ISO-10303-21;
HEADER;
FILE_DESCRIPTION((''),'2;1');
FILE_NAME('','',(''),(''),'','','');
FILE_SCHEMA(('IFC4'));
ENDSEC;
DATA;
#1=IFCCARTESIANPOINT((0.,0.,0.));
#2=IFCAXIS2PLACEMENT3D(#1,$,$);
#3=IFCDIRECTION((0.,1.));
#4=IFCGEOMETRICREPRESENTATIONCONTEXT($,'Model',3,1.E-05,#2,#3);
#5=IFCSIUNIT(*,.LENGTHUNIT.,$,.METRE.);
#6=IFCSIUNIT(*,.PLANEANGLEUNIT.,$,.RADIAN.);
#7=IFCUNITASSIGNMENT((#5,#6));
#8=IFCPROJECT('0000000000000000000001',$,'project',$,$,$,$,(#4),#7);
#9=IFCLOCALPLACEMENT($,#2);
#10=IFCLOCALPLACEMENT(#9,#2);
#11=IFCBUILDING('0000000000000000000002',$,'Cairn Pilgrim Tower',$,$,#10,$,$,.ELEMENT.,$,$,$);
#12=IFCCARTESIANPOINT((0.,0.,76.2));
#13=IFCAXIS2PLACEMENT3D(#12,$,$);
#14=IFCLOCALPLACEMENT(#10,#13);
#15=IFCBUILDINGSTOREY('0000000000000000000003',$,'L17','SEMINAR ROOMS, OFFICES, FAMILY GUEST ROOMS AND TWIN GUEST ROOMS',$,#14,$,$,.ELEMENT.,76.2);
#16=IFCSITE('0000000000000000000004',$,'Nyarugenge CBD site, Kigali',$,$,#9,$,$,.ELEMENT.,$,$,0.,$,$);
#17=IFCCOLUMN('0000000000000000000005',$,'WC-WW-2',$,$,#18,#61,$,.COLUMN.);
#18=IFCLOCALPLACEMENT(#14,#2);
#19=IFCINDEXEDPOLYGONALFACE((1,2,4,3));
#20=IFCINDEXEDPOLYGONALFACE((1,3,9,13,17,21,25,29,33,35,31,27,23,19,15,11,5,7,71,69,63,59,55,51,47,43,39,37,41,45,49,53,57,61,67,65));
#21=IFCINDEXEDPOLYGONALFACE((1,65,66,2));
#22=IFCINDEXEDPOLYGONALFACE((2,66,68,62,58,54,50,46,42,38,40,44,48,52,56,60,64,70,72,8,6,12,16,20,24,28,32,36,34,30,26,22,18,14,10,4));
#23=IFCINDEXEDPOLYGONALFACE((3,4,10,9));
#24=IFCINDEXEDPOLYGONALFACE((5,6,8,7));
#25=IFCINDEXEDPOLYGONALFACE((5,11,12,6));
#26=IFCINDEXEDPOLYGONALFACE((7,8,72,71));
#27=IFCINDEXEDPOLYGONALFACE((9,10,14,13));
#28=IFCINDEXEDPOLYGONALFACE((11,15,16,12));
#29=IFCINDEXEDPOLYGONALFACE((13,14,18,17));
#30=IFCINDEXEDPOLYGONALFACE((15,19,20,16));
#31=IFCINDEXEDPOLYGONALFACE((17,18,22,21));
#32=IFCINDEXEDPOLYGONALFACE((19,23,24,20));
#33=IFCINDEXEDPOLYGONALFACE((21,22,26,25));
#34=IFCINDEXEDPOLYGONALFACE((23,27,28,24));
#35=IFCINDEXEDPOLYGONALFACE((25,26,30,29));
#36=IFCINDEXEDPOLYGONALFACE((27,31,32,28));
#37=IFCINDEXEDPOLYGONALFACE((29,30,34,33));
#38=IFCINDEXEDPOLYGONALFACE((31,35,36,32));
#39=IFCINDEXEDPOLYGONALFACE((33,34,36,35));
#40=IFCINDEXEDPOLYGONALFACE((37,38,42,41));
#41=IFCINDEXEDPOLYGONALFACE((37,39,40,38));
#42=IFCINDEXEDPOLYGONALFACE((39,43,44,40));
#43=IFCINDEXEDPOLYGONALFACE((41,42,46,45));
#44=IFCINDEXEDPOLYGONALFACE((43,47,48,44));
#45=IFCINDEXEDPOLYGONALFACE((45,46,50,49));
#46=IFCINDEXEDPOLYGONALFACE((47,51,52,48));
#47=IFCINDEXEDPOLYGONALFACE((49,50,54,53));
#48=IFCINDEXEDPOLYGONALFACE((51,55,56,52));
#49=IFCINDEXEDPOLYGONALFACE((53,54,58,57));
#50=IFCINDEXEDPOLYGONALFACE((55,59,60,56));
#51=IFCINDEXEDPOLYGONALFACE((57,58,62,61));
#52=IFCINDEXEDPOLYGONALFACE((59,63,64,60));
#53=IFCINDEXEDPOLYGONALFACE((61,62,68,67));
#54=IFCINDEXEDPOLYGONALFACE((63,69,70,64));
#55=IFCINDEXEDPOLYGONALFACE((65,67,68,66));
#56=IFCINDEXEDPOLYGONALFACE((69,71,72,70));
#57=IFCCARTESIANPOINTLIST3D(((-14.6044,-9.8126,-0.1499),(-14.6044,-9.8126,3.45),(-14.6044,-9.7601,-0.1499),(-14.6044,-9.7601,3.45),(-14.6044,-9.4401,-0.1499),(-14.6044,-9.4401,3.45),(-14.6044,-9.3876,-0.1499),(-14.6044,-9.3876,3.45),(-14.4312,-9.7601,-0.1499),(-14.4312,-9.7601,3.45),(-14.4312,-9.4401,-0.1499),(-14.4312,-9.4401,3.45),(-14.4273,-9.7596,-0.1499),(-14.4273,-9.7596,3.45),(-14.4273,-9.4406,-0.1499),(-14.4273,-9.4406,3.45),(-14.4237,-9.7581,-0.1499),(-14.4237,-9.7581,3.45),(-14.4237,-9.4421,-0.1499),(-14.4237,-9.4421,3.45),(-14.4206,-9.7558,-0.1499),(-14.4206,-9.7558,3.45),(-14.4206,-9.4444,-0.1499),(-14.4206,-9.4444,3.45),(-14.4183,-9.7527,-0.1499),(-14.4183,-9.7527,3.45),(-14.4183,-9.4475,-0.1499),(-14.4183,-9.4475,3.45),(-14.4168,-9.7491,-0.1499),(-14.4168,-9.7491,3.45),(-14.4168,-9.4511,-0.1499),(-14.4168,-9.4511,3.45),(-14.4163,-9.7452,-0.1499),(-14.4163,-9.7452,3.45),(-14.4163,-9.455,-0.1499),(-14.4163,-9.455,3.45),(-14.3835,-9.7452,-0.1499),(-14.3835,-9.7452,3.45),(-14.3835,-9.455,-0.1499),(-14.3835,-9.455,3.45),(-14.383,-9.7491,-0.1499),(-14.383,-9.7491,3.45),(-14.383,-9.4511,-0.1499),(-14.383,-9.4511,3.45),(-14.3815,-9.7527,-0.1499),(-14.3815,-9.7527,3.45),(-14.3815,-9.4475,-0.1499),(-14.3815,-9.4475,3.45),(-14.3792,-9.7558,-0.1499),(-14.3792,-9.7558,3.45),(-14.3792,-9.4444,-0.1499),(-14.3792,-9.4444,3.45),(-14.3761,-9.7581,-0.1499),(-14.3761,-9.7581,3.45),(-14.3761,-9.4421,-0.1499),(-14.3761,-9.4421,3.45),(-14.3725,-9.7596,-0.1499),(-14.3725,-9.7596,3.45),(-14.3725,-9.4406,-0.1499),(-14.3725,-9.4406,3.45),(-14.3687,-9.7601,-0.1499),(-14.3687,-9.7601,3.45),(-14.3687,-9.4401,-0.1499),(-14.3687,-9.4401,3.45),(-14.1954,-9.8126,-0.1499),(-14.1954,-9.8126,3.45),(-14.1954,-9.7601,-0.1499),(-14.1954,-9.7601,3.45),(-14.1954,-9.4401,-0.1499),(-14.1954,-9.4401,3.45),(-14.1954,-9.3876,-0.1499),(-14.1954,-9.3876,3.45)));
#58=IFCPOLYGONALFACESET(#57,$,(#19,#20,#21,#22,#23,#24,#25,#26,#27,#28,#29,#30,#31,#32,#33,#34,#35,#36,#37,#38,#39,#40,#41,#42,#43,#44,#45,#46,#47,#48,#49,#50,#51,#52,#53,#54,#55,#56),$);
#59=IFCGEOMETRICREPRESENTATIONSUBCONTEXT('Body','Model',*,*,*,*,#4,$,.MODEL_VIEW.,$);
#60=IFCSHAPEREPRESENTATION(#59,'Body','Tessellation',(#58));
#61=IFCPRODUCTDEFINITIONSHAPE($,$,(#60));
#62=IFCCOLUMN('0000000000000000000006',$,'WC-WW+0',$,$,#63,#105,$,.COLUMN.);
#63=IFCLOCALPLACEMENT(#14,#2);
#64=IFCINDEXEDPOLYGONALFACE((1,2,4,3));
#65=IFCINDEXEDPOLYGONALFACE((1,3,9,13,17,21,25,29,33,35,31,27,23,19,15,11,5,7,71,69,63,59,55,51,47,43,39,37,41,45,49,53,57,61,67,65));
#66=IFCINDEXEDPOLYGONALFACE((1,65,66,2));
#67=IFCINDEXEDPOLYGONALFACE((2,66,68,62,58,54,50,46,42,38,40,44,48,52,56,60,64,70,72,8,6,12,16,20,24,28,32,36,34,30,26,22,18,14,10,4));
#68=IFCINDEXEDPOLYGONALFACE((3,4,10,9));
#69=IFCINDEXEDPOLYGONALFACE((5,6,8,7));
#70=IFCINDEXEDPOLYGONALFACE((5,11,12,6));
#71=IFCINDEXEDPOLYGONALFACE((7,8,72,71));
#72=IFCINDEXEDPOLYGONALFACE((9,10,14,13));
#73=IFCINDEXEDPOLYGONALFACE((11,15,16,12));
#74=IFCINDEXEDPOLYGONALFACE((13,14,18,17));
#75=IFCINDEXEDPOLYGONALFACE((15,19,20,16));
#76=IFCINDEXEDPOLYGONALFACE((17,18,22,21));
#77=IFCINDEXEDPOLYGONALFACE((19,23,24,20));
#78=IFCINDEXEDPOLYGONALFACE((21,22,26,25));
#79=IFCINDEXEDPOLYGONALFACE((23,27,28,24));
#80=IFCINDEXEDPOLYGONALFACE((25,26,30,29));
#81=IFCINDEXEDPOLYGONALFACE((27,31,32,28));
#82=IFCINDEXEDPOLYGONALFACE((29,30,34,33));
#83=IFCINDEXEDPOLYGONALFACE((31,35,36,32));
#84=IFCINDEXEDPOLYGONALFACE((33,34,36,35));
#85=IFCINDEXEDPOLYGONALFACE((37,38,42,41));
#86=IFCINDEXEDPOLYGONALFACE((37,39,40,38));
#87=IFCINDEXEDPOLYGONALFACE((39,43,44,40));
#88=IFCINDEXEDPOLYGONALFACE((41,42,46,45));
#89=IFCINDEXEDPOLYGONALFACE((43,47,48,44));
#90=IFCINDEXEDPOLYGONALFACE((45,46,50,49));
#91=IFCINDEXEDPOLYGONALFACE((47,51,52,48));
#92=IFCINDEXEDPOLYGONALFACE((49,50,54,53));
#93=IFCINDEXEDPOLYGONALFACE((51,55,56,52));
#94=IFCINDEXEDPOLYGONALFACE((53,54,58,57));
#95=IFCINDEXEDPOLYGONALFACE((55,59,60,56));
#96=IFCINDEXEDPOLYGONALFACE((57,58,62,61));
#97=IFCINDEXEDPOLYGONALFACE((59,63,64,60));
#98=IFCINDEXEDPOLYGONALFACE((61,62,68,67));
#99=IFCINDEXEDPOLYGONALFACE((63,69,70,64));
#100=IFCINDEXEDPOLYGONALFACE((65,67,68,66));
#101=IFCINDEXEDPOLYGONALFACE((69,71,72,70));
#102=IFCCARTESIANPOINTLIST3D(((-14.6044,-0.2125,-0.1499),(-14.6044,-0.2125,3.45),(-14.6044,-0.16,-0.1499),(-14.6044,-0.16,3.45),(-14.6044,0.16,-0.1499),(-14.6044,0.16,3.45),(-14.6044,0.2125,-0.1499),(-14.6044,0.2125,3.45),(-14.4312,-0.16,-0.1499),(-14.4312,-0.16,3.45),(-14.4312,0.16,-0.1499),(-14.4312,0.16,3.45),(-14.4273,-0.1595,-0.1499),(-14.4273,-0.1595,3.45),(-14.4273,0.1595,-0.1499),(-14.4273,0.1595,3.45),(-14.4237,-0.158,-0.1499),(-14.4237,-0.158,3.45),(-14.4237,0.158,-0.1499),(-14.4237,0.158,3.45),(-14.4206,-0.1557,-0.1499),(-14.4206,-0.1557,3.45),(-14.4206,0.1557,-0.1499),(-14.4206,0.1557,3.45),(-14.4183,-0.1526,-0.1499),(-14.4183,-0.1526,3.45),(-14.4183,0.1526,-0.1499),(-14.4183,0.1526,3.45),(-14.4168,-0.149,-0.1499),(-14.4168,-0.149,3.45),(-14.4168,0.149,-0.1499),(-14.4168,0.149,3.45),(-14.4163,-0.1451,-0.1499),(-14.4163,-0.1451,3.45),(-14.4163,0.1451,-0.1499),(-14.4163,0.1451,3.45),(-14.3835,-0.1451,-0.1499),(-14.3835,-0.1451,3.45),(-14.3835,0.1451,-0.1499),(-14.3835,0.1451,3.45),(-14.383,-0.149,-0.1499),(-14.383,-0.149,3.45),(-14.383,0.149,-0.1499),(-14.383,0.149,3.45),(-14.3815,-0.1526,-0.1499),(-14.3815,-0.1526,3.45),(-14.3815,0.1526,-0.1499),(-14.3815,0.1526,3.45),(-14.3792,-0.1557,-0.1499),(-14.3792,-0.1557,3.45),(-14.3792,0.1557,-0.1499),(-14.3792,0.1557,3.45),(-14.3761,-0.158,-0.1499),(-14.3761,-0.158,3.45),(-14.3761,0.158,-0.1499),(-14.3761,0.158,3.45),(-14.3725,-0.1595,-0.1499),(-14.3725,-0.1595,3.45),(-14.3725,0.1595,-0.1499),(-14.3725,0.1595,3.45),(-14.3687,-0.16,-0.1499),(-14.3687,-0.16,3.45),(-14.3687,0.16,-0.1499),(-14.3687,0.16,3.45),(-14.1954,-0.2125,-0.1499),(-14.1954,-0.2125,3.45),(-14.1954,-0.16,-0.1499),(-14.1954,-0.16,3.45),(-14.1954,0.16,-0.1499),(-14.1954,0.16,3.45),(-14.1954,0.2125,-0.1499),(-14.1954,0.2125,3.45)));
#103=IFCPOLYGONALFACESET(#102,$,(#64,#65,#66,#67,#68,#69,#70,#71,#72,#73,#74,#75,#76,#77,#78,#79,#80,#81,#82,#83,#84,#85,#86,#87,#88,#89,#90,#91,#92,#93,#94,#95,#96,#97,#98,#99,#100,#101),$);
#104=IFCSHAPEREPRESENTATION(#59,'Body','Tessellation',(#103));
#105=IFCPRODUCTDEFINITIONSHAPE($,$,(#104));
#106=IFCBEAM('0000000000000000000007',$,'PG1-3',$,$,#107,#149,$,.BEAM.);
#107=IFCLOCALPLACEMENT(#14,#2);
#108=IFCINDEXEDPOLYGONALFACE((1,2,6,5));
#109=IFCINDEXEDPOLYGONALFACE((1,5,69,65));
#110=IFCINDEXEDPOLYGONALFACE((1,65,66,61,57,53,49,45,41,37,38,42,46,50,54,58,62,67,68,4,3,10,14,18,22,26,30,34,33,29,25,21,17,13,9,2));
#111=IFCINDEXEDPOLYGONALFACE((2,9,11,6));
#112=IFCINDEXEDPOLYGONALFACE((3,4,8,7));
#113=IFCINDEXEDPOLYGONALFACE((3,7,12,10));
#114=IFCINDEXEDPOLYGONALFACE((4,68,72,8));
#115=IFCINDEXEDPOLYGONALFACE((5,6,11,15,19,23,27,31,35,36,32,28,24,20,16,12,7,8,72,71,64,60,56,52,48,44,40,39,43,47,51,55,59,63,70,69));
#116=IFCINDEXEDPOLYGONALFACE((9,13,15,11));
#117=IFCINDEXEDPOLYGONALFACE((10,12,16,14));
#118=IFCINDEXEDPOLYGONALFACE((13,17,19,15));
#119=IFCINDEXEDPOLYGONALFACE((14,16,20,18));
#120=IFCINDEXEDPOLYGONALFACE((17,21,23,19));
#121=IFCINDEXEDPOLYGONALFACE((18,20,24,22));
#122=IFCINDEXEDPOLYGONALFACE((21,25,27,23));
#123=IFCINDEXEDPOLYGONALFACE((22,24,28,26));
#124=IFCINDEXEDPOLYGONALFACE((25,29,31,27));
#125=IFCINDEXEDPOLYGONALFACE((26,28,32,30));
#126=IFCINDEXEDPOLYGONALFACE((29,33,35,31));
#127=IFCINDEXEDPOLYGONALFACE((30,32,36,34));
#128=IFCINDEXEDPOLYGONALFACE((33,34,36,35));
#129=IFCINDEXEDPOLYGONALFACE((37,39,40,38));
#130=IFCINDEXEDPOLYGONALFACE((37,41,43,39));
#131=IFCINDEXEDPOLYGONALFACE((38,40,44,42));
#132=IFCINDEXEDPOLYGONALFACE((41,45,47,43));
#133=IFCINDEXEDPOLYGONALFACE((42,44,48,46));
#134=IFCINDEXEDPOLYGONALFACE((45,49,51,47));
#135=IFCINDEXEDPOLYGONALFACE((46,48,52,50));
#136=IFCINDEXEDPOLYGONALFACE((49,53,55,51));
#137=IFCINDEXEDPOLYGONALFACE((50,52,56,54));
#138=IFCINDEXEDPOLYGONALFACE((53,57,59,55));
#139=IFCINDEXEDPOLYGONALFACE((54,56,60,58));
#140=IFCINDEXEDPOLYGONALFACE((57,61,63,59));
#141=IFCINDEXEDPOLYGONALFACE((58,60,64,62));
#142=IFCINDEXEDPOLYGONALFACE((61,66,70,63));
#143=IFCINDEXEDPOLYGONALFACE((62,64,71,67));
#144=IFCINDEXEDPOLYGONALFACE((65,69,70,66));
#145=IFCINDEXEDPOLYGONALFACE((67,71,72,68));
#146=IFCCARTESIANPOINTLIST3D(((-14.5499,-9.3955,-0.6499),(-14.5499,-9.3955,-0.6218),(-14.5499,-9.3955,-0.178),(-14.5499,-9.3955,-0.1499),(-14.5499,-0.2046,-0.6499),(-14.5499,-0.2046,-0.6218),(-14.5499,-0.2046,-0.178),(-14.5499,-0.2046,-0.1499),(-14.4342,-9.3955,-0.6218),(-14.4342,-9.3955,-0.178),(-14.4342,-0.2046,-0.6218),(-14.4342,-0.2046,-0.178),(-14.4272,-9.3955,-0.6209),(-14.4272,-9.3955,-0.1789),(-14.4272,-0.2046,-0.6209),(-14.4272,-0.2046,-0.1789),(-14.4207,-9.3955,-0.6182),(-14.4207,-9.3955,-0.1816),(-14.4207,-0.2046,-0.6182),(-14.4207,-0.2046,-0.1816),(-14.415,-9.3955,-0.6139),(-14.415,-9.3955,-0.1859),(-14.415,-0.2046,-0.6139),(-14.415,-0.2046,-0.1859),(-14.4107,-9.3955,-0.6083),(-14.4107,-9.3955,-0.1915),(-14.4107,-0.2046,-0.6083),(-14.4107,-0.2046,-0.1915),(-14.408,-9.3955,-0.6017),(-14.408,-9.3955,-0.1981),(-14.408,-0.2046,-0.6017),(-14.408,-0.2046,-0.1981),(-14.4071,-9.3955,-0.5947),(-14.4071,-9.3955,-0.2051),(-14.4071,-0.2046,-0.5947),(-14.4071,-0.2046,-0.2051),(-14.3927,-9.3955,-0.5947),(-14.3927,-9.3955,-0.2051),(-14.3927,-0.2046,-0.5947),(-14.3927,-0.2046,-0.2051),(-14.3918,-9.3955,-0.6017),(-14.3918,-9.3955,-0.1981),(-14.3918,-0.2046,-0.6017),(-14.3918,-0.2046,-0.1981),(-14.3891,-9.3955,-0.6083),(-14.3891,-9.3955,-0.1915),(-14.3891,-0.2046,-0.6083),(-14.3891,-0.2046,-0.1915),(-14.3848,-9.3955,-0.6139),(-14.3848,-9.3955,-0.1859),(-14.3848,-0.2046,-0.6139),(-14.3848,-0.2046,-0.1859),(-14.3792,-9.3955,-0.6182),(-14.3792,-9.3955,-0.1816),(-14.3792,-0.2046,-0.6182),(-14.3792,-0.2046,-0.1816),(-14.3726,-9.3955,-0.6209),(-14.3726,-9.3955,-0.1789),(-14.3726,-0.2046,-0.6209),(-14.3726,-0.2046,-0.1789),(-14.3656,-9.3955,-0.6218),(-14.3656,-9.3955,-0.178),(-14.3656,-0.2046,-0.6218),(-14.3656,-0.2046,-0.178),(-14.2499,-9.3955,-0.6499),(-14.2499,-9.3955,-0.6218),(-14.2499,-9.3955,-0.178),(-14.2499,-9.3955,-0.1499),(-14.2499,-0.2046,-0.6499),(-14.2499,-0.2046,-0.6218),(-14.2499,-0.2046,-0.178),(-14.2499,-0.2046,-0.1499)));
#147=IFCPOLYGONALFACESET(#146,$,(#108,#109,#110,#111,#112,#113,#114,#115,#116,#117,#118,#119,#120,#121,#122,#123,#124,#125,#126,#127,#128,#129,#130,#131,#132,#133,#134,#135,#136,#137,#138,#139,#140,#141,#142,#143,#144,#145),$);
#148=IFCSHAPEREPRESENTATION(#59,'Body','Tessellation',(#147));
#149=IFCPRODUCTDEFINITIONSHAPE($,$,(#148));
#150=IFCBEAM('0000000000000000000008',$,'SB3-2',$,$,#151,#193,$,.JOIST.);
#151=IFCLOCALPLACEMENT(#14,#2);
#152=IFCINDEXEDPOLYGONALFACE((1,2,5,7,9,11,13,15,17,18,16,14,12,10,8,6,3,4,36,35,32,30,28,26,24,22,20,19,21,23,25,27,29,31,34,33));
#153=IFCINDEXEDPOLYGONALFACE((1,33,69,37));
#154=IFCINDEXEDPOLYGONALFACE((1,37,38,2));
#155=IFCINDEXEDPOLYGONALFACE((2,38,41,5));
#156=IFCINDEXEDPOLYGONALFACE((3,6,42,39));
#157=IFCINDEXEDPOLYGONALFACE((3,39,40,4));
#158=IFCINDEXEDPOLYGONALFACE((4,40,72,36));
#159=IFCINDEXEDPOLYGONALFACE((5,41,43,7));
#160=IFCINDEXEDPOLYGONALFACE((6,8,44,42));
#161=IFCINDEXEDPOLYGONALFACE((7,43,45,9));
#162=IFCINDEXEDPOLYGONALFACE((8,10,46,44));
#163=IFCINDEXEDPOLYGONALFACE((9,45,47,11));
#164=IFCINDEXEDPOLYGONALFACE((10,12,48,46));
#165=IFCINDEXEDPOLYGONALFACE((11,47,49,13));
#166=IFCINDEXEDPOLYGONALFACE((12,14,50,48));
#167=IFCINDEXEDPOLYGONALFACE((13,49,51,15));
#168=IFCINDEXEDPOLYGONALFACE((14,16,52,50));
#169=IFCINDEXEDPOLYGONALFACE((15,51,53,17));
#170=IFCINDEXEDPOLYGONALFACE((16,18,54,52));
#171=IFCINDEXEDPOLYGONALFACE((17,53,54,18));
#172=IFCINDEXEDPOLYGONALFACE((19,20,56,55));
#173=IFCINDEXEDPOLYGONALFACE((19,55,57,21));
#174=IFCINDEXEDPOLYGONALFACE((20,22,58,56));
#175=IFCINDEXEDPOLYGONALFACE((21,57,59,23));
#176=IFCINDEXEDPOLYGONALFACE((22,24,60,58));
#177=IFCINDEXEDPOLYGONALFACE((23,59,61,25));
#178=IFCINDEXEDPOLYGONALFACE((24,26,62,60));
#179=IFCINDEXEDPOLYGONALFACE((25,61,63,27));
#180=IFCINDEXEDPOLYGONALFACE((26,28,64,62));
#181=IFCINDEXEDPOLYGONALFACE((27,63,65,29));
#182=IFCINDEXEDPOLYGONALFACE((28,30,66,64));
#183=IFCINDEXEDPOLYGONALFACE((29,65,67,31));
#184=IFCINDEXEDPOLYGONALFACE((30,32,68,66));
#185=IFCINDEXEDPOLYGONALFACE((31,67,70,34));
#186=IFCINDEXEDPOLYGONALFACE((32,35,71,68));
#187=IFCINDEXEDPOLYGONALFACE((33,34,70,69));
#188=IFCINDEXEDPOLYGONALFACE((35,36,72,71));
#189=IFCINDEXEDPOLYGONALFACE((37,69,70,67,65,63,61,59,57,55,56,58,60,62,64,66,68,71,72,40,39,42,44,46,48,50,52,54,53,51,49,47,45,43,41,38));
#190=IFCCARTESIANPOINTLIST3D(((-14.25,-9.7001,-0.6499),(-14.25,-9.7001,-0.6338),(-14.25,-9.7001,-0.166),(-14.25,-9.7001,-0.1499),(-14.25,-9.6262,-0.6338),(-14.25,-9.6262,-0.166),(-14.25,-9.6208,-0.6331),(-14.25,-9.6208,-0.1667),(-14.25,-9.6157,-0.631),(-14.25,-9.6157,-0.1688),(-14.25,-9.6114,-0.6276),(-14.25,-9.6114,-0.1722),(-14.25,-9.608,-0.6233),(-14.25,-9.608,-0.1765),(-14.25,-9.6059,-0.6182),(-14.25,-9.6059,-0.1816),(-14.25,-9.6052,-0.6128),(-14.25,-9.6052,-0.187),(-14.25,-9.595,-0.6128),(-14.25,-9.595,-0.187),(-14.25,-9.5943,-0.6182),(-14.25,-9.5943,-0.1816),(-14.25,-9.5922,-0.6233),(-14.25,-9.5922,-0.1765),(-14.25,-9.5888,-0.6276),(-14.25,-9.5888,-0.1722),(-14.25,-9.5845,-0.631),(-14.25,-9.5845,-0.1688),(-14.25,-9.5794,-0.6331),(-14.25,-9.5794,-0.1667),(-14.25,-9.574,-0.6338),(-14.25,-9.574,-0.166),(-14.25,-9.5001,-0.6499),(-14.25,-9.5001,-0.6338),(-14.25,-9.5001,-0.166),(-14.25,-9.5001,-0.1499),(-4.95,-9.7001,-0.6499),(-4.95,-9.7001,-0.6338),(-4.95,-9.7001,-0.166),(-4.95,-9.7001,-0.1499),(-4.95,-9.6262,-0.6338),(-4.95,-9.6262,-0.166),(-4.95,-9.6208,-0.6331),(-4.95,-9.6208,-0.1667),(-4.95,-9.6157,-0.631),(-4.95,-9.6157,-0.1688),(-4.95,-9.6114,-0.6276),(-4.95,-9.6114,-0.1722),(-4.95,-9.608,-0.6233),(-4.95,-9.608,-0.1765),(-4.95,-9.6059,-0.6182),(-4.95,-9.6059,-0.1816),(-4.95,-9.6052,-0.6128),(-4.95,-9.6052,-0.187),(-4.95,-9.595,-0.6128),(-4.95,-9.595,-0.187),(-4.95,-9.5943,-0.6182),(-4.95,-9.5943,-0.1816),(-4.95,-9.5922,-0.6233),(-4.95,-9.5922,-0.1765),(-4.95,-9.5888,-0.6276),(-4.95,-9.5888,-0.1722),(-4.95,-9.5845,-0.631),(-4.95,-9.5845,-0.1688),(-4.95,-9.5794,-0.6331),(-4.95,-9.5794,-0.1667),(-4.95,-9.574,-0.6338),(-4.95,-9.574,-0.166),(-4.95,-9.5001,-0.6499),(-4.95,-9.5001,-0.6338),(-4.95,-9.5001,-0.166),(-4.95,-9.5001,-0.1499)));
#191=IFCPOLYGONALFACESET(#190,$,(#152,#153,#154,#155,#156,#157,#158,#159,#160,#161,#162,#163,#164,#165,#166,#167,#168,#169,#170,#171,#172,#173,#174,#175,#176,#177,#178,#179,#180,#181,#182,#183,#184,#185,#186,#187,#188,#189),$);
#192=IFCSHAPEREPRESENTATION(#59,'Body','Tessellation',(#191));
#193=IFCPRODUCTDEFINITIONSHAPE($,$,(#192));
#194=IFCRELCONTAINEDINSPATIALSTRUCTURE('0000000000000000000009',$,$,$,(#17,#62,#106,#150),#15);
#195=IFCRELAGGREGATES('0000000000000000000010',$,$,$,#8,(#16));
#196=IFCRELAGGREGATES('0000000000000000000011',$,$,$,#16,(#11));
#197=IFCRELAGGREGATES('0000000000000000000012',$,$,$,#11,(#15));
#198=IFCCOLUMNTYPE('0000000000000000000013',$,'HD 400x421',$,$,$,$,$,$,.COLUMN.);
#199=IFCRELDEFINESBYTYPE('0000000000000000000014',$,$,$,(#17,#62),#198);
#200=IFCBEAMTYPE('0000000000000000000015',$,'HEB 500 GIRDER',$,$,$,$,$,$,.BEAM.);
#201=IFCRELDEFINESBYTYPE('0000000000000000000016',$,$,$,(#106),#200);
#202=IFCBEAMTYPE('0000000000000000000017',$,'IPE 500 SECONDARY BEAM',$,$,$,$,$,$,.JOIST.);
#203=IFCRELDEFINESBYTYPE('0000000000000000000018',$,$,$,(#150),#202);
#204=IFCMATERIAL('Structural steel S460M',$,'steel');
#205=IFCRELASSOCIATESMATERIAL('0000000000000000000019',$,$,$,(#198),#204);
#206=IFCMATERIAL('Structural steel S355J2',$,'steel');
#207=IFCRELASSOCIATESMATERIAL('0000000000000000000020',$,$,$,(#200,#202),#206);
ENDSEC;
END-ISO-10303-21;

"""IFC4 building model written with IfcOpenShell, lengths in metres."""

from ifc_helpers import new_model, si_unit, direction, frame, origin, origin_2d, place, context, subcontext, project, spatial, i_section, extrude, material, material_profile, profile_set, type_object, element, save


model = new_model("IFC4")

# Units and contexts
model_context = context("Model", 3, precision=1e-05, world=origin(), true_north=direction((0.0, 1.0)))
body_context = subcontext(model_context, "Body", "Model", "MODEL_VIEW")
ifc_project = project(units=[si_unit("LENGTHUNIT", "METRE"), si_unit("PLANEANGLEUNIT", "RADIAN")], contexts=[model_context])

# Site, building, storey
site_placement = place(None, origin())
site = spatial("IfcSite", under=ifc_project, at=site_placement, Name="Nyarugenge CBD site, Kigali", CompositionType="ELEMENT", RefElevation=0.0)
building_placement = place(site_placement, origin())
building = spatial("IfcBuilding", under=site, at=building_placement, Name="Cairn Pilgrim Tower", CompositionType="ELEMENT")
storey_placement = place(building_placement, frame((0.0, 0.0, 76.2)))
storey = spatial("IfcBuildingStorey", under=building, at=storey_placement, Name="L17", Description="SEMINAR ROOMS, OFFICES, FAMILY GUEST ROOMS AND TWIN GUEST ROOMS", CompositionType="ELEMENT", Elevation=76.2)

# Columns
ifc_material_1 = material(Name="Structural steel S460M", Category="steel")
ifc_material_profile_1 = material_profile(ifc_material_1, i_section(OverallWidth=0.4089, OverallDepth=0.425, WebThickness=0.0327, FlangeThickness=0.0525, FilletRadius=0.0149, at=origin_2d()), Name="HD 400x421")
ifc_profile_set_1 = profile_set([ifc_material_profile_1], Name="Structural steel S460M")
column_type = type_object("IfcColumnType", Name="HD 400x421", PredefinedType="COLUMN", material=ifc_profile_set_1)
for number, where, z_axis, x_axis, name in (
    (1, (-14.3999, -9.6001, -0.1499), (0.0, 0.0, 1.0), (1.0, 0.0, 0.0), "WC-WW-2"),
    (2, (-14.3999, 0.0, -0.1499), (0.0, 0.0, 1.0), (1.0, 0.0, 0.0), "WC-WW+0"),
):
    element("IfcColumn", number, at=place(storey_placement, frame(where, z_axis=z_axis, x_axis=x_axis)), inside=storey, type_object=column_type, Name=name, PredefinedType="COLUMN", context=body_context, shape_type="SweptSolid", body=[
        extrude(i_section(OverallWidth=0.4089, OverallDepth=0.425, WebThickness=0.0327, FlangeThickness=0.0525, FilletRadius=0.0149, at=origin_2d()), origin(), (0.0, 0.0, 1.0), 3.5999),
    ])

# Beams
ifc_material_2 = material(Name="Structural steel S355J2", Category="steel")
ifc_material_profile_2 = material_profile(ifc_material_2, i_section(OverallWidth=0.3, OverallDepth=0.5, WebThickness=0.0144, FlangeThickness=0.0281, FilletRadius=0.0271, at=origin_2d()), Name="HEB 500")
ifc_profile_set_2 = profile_set([ifc_material_profile_2], Name="Structural steel S355J2")
beam_type_1 = type_object("IfcBeamType", Name="HEB 500 GIRDER", PredefinedType="BEAM", material=ifc_profile_set_2)
beam_placement = place(storey_placement, frame((-14.3999, -9.3955, -0.3999), z_axis=(0.0, 1.0, 0.0), x_axis=(-1.0, 0.0, 0.0)))
element("IfcBeam", 3, at=beam_placement, inside=storey, type_object=beam_type_1, Name="PG1-3", PredefinedType="BEAM", context=body_context, shape_type="SweptSolid", body=[
    extrude(i_section(OverallWidth=0.3, OverallDepth=0.5, WebThickness=0.0144, FlangeThickness=0.0281, FilletRadius=0.0271, at=origin_2d()), origin(), (0.0, 0.0, 1.0), 9.1909),
])
ifc_material_profile_3 = material_profile(ifc_material_2, i_section(OverallWidth=0.2, OverallDepth=0.5, WebThickness=0.0103, FlangeThickness=0.0161, FilletRadius=0.021, at=origin_2d()), Name="IPE 500")
ifc_profile_set_3 = profile_set([ifc_material_profile_3], Name="Structural steel S355J2")
beam_type_2 = type_object("IfcBeamType", Name="IPE 500 SECONDARY BEAM", PredefinedType="JOIST", material=ifc_profile_set_3)
for number, where, z_axis, x_axis, name in (
    (4, (-14.25, -9.6001, -0.3999), (1.0, 0.0, 0.0), (0.0, 1.0, 0.0), "SB3-2"),
):
    element("IfcBeam", number, at=place(storey_placement, frame(where, z_axis=z_axis, x_axis=x_axis)), inside=storey, type_object=beam_type_2, Name=name, PredefinedType="JOIST", context=body_context, shape_type="SweptSolid", body=[
        extrude(i_section(OverallWidth=0.2, OverallDepth=0.5, WebThickness=0.0103, FlangeThickness=0.0161, FilletRadius=0.021, at=origin_2d()), origin(), (0.0, 0.0, 1.0), 9.3),
    ])

save(model, "model.ifc")
